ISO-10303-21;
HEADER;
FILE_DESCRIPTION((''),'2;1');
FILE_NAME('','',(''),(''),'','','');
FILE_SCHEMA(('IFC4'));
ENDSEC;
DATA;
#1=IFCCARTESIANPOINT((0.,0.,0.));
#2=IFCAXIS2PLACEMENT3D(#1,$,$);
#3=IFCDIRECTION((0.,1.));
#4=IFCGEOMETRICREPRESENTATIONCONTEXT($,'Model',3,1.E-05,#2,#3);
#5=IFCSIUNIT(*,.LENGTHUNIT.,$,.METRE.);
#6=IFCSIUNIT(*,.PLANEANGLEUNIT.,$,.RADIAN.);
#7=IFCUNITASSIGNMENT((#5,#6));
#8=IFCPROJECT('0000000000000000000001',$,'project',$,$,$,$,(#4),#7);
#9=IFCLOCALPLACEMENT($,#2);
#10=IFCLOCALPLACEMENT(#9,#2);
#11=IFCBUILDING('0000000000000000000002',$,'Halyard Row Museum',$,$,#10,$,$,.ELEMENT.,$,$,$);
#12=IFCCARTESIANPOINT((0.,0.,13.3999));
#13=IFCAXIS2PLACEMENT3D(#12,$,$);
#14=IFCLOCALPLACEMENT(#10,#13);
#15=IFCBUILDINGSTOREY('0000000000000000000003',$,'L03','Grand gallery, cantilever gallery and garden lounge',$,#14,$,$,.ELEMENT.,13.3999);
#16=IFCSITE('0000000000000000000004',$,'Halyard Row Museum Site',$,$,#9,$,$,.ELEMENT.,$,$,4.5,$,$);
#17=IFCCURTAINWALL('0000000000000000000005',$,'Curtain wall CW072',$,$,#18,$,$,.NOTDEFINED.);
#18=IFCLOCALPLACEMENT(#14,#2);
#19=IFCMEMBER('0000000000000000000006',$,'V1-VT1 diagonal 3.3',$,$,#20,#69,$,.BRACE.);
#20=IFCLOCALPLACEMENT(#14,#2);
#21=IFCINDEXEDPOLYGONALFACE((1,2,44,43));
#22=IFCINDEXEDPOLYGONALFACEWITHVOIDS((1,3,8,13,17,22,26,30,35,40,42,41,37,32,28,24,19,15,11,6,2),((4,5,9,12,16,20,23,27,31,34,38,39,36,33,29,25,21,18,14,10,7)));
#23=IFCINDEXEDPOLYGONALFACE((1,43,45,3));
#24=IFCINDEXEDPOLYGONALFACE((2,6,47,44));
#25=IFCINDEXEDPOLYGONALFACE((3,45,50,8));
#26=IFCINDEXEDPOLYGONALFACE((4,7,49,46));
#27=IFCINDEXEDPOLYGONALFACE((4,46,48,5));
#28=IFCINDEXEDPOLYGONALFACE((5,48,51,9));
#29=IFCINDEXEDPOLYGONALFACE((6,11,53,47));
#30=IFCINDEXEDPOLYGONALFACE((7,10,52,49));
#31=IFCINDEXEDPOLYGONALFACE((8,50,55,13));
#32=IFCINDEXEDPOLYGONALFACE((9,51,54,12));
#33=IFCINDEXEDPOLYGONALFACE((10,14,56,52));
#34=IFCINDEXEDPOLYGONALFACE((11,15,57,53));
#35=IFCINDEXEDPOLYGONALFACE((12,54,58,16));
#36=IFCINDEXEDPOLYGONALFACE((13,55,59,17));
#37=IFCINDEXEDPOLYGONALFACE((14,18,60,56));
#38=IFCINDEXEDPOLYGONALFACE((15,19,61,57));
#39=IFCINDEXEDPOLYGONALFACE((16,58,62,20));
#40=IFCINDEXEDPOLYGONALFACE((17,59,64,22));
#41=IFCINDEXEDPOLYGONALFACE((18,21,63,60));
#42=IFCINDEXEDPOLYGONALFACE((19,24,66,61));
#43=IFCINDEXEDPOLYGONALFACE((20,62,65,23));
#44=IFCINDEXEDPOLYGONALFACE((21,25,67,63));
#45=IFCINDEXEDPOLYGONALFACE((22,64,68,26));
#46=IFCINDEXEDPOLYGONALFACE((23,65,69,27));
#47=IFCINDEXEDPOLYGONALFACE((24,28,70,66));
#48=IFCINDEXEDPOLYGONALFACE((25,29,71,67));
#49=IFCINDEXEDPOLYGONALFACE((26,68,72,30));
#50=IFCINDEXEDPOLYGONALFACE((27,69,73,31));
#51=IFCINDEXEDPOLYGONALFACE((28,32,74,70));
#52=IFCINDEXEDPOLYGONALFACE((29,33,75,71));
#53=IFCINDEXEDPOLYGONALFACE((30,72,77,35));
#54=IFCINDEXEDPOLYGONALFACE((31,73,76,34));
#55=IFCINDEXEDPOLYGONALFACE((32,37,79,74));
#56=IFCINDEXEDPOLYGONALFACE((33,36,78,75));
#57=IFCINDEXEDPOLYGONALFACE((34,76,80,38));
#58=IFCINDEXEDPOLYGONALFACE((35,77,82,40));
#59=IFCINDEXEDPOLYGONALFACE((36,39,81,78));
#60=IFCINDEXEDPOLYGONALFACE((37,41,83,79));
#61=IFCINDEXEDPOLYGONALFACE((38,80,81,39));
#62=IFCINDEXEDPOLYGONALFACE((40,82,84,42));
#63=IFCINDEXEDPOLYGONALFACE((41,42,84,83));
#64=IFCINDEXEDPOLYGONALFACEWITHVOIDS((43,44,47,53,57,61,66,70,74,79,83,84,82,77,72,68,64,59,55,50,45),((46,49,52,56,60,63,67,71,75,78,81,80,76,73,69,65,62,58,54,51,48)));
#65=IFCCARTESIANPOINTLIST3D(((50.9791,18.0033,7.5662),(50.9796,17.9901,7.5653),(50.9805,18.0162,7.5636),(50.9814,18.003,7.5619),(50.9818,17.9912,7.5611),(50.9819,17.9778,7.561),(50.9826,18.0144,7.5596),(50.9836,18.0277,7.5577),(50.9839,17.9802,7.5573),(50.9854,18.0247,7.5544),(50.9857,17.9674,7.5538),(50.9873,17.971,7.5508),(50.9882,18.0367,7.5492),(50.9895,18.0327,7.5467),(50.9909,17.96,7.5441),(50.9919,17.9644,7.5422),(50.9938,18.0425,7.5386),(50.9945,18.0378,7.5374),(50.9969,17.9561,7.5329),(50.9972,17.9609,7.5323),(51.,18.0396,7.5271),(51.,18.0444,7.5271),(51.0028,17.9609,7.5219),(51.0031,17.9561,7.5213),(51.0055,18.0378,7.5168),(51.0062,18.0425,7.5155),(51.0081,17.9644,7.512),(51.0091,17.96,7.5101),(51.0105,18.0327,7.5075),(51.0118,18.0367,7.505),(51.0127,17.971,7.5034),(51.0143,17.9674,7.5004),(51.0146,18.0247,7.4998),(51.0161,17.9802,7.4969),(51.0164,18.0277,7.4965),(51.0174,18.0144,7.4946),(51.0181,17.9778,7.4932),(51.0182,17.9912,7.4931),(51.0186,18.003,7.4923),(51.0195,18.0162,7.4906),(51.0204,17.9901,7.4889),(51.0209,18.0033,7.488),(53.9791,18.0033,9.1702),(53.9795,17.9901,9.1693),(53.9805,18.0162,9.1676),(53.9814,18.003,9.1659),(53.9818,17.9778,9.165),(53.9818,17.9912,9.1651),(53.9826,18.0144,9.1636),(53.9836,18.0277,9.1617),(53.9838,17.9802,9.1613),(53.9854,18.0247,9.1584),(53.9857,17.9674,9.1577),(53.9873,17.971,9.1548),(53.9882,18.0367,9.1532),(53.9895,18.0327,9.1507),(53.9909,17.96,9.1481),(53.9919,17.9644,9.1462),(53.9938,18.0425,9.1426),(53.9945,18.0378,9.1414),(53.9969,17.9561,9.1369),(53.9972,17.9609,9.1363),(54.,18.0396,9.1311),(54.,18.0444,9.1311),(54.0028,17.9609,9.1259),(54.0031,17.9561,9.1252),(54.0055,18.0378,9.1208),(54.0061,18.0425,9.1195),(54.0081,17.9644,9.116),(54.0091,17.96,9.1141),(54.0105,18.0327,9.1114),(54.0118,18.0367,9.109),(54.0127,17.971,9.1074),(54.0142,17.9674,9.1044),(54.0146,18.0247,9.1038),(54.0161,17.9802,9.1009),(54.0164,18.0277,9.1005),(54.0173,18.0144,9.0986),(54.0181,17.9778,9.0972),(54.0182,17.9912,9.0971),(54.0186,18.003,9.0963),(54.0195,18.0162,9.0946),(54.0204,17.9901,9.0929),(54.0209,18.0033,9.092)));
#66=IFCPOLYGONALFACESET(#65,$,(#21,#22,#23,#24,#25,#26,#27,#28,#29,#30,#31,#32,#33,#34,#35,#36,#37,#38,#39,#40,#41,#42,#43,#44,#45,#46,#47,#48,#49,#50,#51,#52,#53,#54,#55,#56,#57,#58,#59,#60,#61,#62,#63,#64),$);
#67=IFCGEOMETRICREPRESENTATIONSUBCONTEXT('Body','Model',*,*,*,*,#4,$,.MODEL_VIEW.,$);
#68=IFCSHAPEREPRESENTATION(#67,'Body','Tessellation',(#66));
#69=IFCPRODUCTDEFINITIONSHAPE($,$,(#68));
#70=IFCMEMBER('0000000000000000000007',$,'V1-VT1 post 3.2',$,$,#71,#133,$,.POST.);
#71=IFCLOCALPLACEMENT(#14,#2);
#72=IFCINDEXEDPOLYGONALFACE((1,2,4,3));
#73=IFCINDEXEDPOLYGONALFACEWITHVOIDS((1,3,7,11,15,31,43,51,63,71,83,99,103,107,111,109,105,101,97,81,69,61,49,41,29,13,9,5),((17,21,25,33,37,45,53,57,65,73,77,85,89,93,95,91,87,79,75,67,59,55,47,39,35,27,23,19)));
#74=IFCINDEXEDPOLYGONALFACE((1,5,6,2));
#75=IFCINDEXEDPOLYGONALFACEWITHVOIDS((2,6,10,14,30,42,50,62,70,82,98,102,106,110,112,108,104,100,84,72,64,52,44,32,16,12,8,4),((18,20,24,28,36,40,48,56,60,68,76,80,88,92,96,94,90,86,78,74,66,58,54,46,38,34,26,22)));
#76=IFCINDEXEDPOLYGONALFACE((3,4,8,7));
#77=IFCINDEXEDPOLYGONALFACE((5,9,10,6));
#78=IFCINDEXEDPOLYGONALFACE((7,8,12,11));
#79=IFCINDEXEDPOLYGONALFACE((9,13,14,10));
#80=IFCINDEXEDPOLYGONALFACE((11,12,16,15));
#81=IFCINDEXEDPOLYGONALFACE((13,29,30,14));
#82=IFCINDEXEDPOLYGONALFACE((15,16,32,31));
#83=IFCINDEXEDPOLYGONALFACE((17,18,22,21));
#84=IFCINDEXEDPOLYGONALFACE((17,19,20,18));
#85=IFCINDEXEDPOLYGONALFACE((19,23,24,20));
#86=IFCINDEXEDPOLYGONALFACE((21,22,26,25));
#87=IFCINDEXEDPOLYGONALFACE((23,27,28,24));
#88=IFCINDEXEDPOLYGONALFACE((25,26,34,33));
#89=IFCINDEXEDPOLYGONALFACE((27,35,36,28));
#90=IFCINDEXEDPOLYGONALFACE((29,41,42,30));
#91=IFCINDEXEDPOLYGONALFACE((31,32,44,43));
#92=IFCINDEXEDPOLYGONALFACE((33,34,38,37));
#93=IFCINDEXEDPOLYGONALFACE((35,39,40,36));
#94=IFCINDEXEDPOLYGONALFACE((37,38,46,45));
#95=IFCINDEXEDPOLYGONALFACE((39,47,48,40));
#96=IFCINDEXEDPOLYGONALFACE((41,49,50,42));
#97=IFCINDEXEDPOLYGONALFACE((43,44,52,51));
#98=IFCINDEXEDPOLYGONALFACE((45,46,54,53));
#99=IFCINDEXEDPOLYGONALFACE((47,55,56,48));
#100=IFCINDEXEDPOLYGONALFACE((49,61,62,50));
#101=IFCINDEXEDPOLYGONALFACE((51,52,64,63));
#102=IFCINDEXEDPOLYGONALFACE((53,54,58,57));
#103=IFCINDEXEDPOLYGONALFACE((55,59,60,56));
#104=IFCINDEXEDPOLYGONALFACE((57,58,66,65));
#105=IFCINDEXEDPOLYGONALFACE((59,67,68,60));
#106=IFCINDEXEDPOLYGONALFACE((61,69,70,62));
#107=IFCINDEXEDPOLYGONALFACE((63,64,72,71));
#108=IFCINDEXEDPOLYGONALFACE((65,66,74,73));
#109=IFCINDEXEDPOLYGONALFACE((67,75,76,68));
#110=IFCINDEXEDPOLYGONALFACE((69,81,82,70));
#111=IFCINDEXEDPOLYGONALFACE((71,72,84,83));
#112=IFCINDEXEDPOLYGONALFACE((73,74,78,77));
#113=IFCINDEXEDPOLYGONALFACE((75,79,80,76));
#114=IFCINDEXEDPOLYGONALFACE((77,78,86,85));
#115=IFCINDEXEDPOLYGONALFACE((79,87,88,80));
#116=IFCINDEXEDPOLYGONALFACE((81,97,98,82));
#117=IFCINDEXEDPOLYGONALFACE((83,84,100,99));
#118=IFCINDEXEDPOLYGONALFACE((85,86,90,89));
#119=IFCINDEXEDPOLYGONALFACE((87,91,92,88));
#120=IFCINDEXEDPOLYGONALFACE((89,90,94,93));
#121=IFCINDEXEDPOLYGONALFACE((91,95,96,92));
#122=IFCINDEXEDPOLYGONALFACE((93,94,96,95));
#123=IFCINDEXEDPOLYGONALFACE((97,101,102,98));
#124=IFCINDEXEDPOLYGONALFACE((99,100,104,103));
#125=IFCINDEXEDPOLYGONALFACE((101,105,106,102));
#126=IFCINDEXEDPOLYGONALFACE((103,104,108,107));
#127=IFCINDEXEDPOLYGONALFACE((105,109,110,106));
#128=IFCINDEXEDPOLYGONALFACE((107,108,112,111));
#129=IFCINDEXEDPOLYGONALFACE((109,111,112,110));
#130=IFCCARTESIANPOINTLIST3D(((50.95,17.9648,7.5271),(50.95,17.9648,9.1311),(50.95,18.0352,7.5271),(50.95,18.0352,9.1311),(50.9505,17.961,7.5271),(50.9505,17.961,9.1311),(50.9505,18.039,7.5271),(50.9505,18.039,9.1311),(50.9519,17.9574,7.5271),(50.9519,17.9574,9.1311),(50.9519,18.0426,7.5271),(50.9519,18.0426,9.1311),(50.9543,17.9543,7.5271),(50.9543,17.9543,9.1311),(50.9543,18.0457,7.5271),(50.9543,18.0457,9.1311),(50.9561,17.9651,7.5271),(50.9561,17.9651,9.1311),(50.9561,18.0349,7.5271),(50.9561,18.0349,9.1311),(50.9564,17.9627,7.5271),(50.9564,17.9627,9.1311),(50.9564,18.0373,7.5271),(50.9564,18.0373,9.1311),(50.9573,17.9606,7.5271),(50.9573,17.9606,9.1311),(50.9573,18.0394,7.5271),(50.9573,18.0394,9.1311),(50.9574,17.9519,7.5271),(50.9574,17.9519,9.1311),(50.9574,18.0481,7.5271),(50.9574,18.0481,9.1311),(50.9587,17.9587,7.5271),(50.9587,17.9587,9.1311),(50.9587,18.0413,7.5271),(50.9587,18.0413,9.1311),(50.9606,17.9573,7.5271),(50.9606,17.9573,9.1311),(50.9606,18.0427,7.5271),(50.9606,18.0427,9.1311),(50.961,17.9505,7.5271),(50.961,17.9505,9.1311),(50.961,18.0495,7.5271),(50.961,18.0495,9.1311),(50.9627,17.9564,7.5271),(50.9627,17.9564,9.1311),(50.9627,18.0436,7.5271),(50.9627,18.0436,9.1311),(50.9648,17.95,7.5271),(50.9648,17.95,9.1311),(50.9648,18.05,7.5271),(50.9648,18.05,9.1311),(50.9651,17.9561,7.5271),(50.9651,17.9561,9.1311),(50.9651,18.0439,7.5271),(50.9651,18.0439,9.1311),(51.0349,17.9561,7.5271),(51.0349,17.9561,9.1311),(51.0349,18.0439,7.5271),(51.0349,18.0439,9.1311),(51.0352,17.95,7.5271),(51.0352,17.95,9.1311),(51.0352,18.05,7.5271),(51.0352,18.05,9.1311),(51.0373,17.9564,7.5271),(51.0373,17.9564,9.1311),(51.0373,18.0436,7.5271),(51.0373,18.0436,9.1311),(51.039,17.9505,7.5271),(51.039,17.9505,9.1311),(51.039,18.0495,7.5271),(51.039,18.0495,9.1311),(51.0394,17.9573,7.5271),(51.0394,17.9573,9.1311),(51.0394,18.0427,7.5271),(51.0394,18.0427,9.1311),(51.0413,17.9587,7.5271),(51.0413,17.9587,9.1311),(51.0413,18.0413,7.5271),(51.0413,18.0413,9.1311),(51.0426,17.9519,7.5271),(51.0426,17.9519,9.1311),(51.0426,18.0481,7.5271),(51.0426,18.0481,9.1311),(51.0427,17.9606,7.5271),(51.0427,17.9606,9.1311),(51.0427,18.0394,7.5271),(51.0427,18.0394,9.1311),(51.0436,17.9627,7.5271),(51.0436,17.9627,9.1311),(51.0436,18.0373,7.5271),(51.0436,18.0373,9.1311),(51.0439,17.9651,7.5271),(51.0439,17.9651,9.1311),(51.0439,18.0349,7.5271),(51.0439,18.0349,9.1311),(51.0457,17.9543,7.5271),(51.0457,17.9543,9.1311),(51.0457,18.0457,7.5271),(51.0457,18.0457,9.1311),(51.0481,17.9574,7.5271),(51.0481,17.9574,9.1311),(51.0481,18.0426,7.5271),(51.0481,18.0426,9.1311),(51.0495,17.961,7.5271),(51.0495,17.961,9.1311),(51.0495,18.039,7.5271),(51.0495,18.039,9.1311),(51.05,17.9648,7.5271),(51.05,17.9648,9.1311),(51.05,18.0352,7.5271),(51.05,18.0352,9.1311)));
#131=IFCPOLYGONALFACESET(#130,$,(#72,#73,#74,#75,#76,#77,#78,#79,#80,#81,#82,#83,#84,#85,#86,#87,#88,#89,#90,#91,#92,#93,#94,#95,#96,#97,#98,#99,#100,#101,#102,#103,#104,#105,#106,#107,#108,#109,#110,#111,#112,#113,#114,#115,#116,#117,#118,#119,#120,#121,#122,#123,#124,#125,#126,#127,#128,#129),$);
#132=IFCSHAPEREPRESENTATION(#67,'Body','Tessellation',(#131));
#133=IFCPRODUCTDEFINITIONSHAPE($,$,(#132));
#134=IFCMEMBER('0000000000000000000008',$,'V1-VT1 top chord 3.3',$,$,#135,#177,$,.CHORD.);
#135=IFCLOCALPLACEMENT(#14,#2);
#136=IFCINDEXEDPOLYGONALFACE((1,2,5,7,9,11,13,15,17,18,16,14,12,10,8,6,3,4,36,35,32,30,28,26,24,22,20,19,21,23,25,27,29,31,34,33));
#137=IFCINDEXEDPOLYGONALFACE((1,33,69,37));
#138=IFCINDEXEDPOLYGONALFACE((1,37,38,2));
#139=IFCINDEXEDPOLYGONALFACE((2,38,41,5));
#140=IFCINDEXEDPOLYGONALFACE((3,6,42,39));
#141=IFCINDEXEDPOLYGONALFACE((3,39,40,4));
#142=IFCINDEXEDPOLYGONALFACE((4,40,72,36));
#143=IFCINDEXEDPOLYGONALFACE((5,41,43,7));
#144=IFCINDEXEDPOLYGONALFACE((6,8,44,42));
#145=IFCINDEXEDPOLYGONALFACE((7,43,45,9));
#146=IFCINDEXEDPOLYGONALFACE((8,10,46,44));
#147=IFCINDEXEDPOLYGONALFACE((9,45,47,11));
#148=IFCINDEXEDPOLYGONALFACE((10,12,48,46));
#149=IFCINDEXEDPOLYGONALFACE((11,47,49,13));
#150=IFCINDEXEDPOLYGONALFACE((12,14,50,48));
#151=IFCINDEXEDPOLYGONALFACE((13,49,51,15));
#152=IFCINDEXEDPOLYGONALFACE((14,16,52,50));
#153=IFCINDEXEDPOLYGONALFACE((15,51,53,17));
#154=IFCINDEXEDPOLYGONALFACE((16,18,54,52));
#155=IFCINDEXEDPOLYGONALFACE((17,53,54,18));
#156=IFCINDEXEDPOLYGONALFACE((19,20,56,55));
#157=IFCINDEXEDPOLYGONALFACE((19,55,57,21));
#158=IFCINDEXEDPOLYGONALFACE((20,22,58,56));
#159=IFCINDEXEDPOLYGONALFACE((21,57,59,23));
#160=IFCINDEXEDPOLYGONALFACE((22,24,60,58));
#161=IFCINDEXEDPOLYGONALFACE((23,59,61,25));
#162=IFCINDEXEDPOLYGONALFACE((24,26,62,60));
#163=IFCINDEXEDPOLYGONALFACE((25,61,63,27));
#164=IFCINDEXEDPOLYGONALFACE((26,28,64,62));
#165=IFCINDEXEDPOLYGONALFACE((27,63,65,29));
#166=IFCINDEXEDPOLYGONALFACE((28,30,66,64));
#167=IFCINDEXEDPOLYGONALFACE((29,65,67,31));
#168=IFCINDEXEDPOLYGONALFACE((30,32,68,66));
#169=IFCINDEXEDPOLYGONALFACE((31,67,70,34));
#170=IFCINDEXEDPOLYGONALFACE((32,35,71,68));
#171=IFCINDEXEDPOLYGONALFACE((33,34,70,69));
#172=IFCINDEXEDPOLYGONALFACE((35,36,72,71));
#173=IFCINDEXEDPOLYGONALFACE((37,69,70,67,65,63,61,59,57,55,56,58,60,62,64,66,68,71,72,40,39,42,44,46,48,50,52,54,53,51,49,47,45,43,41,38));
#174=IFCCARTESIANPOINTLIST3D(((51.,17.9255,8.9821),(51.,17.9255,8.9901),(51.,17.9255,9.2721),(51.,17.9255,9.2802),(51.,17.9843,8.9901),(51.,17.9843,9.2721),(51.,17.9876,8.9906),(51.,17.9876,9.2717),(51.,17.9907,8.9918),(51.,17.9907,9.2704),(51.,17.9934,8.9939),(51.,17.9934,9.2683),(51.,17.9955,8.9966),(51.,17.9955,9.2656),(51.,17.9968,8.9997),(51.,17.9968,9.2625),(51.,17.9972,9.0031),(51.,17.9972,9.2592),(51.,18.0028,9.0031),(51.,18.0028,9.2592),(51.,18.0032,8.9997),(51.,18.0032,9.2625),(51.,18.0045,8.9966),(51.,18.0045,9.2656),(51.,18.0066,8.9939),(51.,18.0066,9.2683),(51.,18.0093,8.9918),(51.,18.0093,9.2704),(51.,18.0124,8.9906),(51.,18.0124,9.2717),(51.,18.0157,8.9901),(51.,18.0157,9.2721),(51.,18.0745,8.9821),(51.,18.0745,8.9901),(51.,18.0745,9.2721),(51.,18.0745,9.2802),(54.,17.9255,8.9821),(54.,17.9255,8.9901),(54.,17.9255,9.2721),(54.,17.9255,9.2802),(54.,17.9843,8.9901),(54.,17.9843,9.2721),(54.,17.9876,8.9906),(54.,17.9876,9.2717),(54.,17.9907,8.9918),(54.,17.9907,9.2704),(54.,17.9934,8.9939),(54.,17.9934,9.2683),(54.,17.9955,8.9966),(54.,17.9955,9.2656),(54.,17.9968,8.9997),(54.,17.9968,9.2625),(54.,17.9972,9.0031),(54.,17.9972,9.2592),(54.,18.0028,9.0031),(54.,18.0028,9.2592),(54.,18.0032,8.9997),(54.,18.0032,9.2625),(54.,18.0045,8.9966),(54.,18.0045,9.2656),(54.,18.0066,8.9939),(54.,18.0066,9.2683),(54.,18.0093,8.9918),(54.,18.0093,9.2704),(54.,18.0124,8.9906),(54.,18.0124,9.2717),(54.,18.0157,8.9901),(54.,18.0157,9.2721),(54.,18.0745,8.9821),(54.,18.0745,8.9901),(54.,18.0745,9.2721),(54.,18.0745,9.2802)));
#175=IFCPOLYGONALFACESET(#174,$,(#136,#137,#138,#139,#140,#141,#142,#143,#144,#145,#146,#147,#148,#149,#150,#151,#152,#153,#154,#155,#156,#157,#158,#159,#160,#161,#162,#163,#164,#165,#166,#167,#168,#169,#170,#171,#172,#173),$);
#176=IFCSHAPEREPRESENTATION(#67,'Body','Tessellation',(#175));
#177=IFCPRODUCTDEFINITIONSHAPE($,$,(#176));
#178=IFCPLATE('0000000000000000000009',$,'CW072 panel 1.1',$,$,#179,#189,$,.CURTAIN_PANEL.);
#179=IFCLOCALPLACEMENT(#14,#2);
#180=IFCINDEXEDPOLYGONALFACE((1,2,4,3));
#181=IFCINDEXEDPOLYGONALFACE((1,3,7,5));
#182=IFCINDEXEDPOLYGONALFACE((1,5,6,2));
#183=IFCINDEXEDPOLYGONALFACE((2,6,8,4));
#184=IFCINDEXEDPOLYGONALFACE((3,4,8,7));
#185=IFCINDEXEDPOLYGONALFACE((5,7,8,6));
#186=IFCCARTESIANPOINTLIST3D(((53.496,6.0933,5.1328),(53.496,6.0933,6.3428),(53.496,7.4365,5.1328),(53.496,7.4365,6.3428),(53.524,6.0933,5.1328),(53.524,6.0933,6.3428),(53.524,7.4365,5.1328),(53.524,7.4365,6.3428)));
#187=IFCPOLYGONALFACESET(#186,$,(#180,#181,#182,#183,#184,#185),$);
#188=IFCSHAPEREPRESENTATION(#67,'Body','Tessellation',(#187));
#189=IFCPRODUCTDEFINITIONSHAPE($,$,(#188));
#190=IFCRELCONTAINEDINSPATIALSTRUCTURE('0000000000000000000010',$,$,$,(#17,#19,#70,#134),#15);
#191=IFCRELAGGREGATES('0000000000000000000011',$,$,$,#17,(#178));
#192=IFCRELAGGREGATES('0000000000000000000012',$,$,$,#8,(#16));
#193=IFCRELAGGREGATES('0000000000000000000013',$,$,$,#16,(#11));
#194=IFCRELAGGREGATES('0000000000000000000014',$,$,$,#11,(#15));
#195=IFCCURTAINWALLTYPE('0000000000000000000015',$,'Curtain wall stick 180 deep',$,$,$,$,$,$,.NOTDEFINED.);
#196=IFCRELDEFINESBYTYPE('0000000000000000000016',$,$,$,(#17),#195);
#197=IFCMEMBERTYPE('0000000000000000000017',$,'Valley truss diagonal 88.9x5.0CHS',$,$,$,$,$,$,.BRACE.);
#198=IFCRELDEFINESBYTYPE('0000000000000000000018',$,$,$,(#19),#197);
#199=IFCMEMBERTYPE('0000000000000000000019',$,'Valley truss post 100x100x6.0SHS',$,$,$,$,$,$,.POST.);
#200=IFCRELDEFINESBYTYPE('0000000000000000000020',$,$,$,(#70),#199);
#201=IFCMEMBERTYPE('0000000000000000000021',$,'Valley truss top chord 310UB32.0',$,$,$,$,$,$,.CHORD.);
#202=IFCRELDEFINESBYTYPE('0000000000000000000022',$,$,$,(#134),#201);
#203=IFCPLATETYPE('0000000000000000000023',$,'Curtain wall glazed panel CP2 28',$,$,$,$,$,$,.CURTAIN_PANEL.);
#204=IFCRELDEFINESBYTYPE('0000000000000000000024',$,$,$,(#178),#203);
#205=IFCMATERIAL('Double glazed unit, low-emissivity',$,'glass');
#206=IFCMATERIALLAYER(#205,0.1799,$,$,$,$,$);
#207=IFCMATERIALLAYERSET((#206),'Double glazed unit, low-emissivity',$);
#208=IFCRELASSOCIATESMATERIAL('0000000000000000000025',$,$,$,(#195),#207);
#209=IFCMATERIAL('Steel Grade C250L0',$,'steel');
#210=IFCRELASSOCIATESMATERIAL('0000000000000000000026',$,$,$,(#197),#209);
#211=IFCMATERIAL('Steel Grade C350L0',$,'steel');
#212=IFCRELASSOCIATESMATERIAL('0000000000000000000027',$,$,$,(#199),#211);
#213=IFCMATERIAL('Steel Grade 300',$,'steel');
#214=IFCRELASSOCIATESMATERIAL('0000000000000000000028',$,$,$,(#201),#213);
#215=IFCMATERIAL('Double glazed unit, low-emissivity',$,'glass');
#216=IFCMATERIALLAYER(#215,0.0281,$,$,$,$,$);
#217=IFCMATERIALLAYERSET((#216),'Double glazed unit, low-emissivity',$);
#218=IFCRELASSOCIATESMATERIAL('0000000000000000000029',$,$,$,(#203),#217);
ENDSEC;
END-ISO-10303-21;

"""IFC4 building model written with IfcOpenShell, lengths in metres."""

from ifc_helpers import new_model, si_unit, direction, frame, origin, origin_2d, place, context, subcontext, project, spatial, rectangle, hollow_rectangle, hollow_circle, i_section, extrude, material, layer, layer_set, material_profile, profile_set, type_object, element, aggregate, save


model = new_model("IFC4")

# Units and contexts
model_context = context("Model", 3, precision=1e-05, world=origin(), true_north=direction((0.0, 1.0)))
body_context = subcontext(model_context, "Body", "Model", "MODEL_VIEW")
ifc_project = project(units=[si_unit("LENGTHUNIT", "METRE"), si_unit("PLANEANGLEUNIT", "RADIAN")], contexts=[model_context])

# Site, building, storey
site_placement = place(None, origin())
site = spatial("IfcSite", under=ifc_project, at=site_placement, Name="Halyard Row Museum Site", CompositionType="ELEMENT", RefElevation=4.5)
building_placement = place(site_placement, origin())
building = spatial("IfcBuilding", under=site, at=building_placement, Name="Halyard Row Museum", CompositionType="ELEMENT")
storey_placement = place(building_placement, frame((0.0, 0.0, 13.3999)))
storey = spatial("IfcBuildingStorey", under=building, at=storey_placement, Name="L03", Description="Grand gallery, cantilever gallery and garden lounge", CompositionType="ELEMENT", Elevation=13.3999)

# Curtain wall
ifc_material_1 = material(Name="Double glazed unit, low-emissivity", Category="glass")
ifc_layer_1 = layer(ifc_material_1, 0.1799)
ifc_layer_set_1 = layer_set([ifc_layer_1], Name="Double glazed unit, low-emissivity")
curtain_wall_type = type_object("IfcCurtainWallType", Name="Curtain wall stick 180 deep", PredefinedType="NOTDEFINED", material=ifc_layer_set_1)
curtain_wall_1_placement = place(storey_placement, origin())
curtain_wall_1 = element("IfcCurtainWall", 1, at=curtain_wall_1_placement, inside=storey, type_object=curtain_wall_type, Name="Curtain wall CW072", PredefinedType="NOTDEFINED")

# Members
ifc_material_2 = material(Name="Steel Grade C250L0", Category="steel")
ifc_material_profile_1 = material_profile(ifc_material_2, hollow_circle(Radius=0.0444, WallThickness=0.0049, at=origin_2d()), Name="88.9x5.0CHS")
ifc_profile_set_1 = profile_set([ifc_material_profile_1], Name="Steel Grade C250L0")
member_type_1 = type_object("IfcMemberType", Name="Valley truss diagonal 88.9x5.0CHS", PredefinedType="BRACE", material=ifc_profile_set_1)
member_1_placement = place(storey_placement, frame((51.0, 18.0, 7.5271), z_axis=(0.881864, 0.0, 0.471504), x_axis=(0.0, 1.0, 0.0)))
element("IfcMember", 2, at=member_1_placement, inside=storey, type_object=member_type_1, Name="V1-VT1 diagonal 3.3", PredefinedType="BRACE", context=body_context, shape_type="SweptSolid", body=[
    extrude(hollow_circle(Radius=0.0444, WallThickness=0.0049, at=origin_2d()), origin(), (0.0, 0.0, 1.0), 3.4019),
])
ifc_material_3 = material(Name="Steel Grade C350L0", Category="steel")
ifc_material_profile_2 = material_profile(ifc_material_3, hollow_rectangle(XDim=0.1001, YDim=0.1001, WallThickness=0.0061, InnerFilletRadius=0.009, OuterFilletRadius=0.0149, at=origin_2d()), Name="100x100x6.0SHS")
ifc_profile_set_2 = profile_set([ifc_material_profile_2], Name="Steel Grade C350L0")
member_type_2 = type_object("IfcMemberType", Name="Valley truss post 100x100x6.0SHS", PredefinedType="POST", material=ifc_profile_set_2)
member_2_placement = place(storey_placement, frame((51.0, 18.0, 7.5271), z_axis=(0.0, 0.0, 1.0), x_axis=(1.0, 0.0, 0.0)))
element("IfcMember", 3, at=member_2_placement, inside=storey, type_object=member_type_2, Name="V1-VT1 post 3.2", PredefinedType="POST", context=body_context, shape_type="SweptSolid", body=[
    extrude(hollow_rectangle(XDim=0.1001, YDim=0.1001, WallThickness=0.0061, InnerFilletRadius=0.009, OuterFilletRadius=0.0149, at=origin_2d()), origin(), (0.0, 0.0, 1.0), 1.604),
])
ifc_material_4 = material(Name="Steel Grade 300", Category="steel")
ifc_material_profile_3 = material_profile(ifc_material_4, i_section(OverallWidth=0.1489, OverallDepth=0.2981, WebThickness=0.0056, FlangeThickness=0.0081, FilletRadius=0.0129, at=origin_2d()), Name="310UB32.0")
ifc_profile_set_3 = profile_set([ifc_material_profile_3], Name="Steel Grade 300")
member_type_3 = type_object("IfcMemberType", Name="Valley truss top chord 310UB32.0", PredefinedType="CHORD", material=ifc_profile_set_3)
member_3_placement = place(storey_placement, frame((51.0, 18.0, 9.1311), z_axis=(1.0, 0.0, 0.0), x_axis=(0.0, 1.0, 0.0)))
element("IfcMember", 4, at=member_3_placement, inside=storey, type_object=member_type_3, Name="V1-VT1 top chord 3.3", PredefinedType="CHORD", context=body_context, shape_type="SweptSolid", body=[
    extrude(i_section(OverallWidth=0.1489, OverallDepth=0.2981, WebThickness=0.0056, FlangeThickness=0.0081, FilletRadius=0.0129, at=origin_2d()), origin(), (0.0, 0.0, 1.0), 3.0),
])

# Plate
ifc_material_5 = material(Name="Double glazed unit, low-emissivity", Category="glass")
ifc_layer_2 = layer(ifc_material_5, 0.0281)
ifc_layer_set_2 = layer_set([ifc_layer_2], Name="Double glazed unit, low-emissivity")
plate_type = type_object("IfcPlateType", Name="Curtain wall glazed panel CP2 28", PredefinedType="CURTAIN_PANEL", material=ifc_layer_set_2)
plate_1_placement = place(storey_placement, frame((53.51, 6.7649, 5.1328), z_axis=(0.0, 0.0, 1.0), x_axis=(0.0, 1.0, 0.0)))
plate_1 = element("IfcPlate", 5, at=plate_1_placement, type_object=plate_type, Name="CW072 panel 1.1", PredefinedType="CURTAIN_PANEL", context=body_context, shape_type="SweptSolid", body=[
    extrude(rectangle(XDim=1.3433, YDim=0.0281, at=origin_2d()), origin(), (0.0, 0.0, 1.0), 1.21),
])
aggregate(curtain_wall_1, [plate_1])

save(model, "model.ifc")
